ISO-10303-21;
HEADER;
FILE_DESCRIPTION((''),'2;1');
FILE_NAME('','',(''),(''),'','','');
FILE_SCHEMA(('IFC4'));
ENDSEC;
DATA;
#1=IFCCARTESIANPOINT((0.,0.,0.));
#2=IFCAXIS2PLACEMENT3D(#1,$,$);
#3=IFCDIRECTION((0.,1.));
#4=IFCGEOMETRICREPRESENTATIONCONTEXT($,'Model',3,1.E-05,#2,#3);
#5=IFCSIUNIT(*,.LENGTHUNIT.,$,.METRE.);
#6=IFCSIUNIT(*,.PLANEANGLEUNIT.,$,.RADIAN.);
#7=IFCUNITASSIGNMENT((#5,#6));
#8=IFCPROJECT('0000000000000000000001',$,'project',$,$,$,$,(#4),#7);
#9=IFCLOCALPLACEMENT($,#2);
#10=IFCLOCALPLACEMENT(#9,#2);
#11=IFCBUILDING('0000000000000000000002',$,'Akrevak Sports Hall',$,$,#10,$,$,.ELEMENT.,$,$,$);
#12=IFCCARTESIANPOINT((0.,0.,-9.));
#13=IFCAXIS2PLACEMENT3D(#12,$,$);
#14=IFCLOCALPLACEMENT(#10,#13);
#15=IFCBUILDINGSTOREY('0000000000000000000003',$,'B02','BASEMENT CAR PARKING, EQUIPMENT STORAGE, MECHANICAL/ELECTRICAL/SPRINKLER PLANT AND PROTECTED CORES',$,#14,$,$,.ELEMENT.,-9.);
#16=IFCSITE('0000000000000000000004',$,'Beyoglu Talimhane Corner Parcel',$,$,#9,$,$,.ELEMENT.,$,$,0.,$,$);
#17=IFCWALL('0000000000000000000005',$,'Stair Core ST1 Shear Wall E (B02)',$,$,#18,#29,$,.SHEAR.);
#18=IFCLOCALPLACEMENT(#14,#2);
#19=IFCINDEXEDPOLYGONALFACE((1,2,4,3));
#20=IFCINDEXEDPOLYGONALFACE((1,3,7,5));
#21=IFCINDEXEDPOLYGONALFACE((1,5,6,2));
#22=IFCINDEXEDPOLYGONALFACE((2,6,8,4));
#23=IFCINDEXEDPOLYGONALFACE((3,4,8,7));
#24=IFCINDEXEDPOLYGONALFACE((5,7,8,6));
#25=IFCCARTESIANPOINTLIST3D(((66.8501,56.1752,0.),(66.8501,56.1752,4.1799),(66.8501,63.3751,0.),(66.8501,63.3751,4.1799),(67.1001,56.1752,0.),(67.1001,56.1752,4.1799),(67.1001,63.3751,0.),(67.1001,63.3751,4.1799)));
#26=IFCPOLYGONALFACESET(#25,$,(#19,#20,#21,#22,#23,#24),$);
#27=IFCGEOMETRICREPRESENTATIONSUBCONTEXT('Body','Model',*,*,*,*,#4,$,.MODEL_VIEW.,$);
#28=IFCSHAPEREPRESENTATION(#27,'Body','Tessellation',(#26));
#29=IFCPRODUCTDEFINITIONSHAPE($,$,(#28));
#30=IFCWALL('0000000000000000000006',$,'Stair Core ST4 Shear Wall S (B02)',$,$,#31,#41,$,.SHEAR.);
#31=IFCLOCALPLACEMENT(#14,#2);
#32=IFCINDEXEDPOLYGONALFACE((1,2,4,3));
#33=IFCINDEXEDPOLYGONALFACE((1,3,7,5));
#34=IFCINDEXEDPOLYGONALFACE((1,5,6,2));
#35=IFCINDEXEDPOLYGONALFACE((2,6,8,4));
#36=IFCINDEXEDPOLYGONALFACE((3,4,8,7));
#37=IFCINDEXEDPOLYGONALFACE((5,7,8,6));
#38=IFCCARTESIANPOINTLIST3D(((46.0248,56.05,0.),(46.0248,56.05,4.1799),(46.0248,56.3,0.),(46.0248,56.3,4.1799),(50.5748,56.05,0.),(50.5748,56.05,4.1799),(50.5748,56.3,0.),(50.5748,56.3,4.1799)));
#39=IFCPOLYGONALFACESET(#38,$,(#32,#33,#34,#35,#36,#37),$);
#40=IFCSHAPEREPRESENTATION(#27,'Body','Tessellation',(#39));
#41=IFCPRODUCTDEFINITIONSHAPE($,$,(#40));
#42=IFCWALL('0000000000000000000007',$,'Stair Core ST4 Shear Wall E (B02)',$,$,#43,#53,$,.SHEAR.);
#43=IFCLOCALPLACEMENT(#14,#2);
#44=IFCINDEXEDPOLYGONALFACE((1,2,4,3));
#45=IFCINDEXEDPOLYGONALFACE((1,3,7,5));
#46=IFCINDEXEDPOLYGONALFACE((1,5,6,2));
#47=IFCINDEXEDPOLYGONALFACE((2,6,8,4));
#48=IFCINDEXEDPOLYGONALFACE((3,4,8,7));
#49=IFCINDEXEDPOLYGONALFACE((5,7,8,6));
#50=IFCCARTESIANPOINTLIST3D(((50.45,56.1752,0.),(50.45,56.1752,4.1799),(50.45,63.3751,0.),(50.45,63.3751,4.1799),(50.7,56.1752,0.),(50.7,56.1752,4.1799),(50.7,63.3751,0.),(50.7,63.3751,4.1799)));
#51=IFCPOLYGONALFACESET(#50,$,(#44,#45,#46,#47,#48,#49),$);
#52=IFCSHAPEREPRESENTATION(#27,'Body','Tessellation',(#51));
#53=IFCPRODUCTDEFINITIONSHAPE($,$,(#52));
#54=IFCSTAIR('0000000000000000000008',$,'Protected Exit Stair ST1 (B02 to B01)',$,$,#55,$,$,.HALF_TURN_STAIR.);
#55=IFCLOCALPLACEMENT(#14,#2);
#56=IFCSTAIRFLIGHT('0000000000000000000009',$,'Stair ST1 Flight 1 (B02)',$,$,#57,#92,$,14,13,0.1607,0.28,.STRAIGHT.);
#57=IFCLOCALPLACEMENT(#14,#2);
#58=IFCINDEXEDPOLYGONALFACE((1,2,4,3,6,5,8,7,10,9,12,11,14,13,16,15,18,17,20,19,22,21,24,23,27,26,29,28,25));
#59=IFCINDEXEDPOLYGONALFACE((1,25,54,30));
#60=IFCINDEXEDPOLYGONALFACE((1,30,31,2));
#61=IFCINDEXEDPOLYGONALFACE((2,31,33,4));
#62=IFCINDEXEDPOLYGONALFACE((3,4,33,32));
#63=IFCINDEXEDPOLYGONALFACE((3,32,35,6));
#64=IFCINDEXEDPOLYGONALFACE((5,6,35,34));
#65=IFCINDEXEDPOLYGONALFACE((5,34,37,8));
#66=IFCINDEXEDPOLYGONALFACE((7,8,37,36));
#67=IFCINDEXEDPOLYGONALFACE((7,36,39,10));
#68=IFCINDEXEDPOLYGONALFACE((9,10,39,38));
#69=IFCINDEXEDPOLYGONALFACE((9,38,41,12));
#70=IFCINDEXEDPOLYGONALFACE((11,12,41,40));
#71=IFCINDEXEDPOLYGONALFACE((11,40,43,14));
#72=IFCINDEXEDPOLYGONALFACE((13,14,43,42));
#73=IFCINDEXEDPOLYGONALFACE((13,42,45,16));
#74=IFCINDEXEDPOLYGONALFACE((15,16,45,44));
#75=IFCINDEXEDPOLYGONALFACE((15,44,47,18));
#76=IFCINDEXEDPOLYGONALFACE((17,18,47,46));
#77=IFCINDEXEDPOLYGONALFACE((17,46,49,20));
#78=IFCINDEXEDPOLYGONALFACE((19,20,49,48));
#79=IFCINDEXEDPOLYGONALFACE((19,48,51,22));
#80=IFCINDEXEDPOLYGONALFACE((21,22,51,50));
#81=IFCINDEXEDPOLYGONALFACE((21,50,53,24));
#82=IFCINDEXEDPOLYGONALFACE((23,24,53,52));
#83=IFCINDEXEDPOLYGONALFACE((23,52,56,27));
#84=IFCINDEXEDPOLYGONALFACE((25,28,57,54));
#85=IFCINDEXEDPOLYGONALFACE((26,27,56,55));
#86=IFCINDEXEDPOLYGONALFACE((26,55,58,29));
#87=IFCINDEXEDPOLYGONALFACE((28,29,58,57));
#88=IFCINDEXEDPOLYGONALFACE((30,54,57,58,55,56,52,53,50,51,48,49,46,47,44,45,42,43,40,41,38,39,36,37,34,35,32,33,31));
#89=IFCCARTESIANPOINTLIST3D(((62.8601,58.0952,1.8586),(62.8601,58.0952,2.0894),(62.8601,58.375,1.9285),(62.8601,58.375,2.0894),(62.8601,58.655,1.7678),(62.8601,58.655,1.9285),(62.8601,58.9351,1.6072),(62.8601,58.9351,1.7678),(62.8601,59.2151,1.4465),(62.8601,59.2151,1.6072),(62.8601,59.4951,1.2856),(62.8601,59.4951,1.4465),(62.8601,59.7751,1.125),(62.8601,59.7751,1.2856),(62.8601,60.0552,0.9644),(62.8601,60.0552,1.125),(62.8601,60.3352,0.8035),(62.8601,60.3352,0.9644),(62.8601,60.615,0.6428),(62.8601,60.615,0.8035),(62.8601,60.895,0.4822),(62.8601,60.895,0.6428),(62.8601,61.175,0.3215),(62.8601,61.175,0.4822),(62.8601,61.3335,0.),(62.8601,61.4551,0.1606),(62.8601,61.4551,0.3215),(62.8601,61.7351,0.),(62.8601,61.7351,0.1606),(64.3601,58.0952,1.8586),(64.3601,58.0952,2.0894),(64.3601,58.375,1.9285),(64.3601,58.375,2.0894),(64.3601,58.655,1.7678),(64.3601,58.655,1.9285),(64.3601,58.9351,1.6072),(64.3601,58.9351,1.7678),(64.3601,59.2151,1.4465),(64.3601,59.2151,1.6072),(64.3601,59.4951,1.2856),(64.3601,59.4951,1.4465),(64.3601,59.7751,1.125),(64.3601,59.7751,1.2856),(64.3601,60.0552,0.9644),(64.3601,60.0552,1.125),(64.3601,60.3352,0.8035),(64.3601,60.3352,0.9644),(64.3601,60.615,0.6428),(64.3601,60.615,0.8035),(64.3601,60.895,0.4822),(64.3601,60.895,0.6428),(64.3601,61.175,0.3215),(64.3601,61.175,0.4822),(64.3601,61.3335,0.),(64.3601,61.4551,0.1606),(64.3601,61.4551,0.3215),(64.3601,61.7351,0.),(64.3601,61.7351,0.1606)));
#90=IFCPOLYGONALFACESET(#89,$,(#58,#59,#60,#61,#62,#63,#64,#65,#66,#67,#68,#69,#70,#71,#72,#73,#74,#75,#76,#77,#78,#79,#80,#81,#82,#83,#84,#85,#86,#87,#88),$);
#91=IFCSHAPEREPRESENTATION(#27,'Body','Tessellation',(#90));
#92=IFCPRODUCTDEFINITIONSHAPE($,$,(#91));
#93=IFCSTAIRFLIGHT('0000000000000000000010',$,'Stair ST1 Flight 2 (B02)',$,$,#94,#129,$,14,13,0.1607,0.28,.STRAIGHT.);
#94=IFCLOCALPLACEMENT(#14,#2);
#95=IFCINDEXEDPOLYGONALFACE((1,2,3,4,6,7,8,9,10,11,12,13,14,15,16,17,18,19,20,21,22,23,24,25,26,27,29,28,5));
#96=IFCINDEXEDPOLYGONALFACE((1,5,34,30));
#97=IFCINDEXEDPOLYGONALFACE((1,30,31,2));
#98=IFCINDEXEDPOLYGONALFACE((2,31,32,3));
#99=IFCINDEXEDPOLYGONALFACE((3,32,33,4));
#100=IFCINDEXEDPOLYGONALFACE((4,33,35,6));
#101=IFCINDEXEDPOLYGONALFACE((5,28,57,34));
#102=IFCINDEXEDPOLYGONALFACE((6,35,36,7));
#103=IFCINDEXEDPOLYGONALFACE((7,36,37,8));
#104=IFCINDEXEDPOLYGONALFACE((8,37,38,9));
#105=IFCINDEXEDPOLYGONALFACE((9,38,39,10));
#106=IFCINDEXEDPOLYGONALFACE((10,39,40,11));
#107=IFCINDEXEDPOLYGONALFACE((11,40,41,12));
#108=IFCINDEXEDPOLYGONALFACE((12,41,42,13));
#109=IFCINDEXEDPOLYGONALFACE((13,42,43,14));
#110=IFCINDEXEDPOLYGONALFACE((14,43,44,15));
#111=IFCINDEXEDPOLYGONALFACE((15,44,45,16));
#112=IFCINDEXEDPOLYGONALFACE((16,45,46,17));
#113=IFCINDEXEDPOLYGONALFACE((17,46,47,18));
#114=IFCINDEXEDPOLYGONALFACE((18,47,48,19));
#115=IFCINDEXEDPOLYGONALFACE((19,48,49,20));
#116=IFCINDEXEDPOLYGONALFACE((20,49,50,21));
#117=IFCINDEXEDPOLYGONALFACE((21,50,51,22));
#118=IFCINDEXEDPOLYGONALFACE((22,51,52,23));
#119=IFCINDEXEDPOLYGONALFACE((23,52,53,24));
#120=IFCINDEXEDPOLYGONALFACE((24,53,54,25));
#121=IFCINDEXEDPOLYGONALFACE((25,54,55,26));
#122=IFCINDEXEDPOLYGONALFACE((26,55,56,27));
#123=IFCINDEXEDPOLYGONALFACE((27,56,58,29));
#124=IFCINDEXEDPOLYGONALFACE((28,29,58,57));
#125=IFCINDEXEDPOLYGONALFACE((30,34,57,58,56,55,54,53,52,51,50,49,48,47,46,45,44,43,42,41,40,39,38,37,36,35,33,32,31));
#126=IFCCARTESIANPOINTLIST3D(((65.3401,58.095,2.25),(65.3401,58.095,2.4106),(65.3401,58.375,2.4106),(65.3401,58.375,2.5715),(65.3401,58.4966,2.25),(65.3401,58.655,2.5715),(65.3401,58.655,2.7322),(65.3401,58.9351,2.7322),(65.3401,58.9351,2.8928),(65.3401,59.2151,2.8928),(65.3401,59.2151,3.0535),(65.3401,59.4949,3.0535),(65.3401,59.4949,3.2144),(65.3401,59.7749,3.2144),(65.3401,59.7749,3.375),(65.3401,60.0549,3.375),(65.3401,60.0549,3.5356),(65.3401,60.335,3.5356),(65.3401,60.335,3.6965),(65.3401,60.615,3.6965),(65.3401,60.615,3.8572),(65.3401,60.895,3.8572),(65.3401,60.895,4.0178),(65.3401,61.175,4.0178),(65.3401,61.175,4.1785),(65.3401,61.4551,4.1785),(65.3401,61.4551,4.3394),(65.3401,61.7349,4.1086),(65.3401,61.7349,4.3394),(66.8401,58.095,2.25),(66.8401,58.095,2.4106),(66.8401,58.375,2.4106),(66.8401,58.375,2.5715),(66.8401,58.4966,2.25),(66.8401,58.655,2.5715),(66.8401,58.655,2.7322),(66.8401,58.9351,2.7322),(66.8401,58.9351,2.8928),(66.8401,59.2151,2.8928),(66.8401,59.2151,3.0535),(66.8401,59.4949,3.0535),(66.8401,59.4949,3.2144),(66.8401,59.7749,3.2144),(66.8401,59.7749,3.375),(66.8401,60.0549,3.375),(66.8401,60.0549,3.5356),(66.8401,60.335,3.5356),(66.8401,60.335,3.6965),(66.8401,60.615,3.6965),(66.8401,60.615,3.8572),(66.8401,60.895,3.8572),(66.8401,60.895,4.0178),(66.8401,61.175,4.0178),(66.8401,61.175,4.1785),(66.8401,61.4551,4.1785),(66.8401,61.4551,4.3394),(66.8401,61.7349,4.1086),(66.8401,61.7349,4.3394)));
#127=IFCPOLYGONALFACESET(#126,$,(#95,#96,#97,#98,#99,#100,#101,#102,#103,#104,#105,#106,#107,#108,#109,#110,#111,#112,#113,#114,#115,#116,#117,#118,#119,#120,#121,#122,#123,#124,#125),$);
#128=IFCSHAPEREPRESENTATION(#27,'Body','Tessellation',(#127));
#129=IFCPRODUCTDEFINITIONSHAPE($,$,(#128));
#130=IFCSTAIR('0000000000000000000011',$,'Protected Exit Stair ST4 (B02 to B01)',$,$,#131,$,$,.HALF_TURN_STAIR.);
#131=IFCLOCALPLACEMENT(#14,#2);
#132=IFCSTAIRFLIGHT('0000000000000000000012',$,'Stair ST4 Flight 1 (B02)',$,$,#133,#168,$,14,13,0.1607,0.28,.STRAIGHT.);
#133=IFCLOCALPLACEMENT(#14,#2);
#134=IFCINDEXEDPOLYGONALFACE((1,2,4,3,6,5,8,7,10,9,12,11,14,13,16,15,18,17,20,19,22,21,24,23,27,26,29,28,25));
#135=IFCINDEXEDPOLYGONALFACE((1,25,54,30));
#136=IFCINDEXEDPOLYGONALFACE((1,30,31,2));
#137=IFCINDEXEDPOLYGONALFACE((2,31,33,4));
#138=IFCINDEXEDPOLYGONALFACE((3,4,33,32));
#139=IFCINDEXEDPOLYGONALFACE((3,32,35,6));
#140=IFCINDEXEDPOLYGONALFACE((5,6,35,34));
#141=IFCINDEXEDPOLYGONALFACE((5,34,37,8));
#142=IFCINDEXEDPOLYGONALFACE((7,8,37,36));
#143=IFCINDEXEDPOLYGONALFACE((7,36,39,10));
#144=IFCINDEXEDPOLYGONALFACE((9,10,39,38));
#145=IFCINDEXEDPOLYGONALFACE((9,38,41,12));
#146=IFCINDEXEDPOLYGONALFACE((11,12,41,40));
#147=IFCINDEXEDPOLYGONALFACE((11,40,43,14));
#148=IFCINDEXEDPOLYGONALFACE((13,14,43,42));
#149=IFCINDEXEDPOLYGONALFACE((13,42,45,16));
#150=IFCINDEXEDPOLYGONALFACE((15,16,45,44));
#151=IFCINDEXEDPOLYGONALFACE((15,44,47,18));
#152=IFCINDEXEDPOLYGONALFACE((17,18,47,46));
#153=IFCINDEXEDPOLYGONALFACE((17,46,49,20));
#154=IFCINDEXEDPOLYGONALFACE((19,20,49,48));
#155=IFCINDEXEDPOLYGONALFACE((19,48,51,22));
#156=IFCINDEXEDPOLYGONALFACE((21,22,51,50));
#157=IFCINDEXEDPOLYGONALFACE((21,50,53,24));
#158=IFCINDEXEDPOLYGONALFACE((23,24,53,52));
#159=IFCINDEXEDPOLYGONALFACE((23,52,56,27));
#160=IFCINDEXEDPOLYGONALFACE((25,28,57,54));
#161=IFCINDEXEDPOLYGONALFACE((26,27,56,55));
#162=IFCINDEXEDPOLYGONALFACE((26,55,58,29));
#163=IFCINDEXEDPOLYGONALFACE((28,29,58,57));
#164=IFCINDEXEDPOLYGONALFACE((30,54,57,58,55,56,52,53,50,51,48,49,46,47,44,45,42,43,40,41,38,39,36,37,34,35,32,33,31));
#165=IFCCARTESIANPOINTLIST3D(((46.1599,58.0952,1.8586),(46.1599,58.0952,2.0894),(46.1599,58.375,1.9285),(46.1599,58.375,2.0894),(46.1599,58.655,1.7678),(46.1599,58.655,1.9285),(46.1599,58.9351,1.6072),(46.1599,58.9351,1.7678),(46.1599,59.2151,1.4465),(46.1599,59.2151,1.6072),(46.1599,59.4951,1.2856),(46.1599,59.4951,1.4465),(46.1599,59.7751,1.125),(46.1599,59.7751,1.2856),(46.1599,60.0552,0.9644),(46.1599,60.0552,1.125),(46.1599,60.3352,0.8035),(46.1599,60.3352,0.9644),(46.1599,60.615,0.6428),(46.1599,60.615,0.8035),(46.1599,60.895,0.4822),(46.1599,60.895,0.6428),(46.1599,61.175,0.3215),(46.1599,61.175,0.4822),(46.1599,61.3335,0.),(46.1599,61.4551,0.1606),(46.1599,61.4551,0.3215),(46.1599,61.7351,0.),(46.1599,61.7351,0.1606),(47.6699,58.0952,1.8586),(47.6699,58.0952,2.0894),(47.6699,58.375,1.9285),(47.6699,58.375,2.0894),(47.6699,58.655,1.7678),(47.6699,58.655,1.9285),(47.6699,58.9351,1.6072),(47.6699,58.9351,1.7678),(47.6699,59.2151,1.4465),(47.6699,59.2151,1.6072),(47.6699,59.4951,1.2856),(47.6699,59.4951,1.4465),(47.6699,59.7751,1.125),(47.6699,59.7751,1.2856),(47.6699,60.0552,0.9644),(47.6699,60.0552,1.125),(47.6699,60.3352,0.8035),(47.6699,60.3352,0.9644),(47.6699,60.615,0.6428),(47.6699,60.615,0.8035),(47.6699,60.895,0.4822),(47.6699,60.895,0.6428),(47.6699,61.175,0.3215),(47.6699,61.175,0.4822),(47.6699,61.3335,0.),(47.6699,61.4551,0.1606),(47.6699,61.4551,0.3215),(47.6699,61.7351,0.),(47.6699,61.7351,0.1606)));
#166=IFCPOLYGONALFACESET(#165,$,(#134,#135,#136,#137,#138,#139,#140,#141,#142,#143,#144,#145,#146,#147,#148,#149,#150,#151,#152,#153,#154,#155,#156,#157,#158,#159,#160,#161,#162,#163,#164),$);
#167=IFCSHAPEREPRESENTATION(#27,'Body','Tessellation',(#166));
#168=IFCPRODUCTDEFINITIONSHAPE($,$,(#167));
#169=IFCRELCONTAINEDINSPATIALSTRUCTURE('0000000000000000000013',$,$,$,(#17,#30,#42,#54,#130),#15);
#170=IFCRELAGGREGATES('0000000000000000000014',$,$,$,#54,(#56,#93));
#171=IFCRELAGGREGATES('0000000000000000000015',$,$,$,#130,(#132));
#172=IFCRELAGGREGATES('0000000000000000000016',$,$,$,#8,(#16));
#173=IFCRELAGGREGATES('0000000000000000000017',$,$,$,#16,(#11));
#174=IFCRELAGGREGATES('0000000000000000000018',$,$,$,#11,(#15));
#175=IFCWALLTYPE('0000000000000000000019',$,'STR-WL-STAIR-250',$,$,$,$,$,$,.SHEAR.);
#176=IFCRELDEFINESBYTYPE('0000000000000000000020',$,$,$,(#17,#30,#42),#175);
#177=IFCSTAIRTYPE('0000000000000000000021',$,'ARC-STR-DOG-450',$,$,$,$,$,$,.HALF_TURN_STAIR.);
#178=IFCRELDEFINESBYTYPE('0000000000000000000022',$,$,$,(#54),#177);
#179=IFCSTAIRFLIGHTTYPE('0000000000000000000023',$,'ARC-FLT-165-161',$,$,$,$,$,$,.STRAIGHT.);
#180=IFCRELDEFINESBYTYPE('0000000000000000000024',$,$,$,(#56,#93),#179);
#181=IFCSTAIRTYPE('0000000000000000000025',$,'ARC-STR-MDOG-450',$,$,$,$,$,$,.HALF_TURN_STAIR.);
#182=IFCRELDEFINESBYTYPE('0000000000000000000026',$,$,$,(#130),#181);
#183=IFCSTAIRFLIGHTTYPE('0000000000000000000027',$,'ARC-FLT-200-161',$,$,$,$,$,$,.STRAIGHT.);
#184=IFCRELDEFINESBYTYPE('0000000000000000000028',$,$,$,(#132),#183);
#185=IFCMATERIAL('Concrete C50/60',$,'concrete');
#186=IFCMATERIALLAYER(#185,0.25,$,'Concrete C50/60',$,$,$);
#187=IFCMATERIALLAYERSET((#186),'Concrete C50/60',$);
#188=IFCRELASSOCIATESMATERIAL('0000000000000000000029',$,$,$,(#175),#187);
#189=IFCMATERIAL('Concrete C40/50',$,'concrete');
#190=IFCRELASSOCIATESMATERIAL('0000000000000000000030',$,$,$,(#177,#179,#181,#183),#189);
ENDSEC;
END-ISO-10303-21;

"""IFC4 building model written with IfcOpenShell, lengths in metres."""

from ifc_helpers import new_model, si_unit, direction, frame, frame_2d, origin, place, context, subcontext, project, spatial, polyline, rectangle, outline, extrude, material, layer, layer_set, type_object, element, aggregate, save


model = new_model("IFC4")

# Units and contexts
model_context = context("Model", 3, precision=1e-05, world=origin(), true_north=direction((0.0, 1.0)))
body_context = subcontext(model_context, "Body", "Model", "MODEL_VIEW")
ifc_project = project(units=[si_unit("LENGTHUNIT", "METRE"), si_unit("PLANEANGLEUNIT", "RADIAN")], contexts=[model_context])

# Site, building, storey
site_placement = place(None, origin())
site = spatial("IfcSite", under=ifc_project, at=site_placement, Name="Beyoglu Talimhane Corner Parcel", CompositionType="ELEMENT", RefElevation=0.0)
building_placement = place(site_placement, origin())
building = spatial("IfcBuilding", under=site, at=building_placement, Name="Akrevak Sports Hall", CompositionType="ELEMENT")
storey_placement = place(building_placement, frame((0.0, 0.0, -9.0)))
storey = spatial("IfcBuildingStorey", under=building, at=storey_placement, Name="B02", Description="BASEMENT CAR PARKING, EQUIPMENT STORAGE, MECHANICAL/ELECTRICAL/SPRINKLER PLANT AND PROTECTED CORES", CompositionType="ELEMENT", Elevation=-9.0)

# Shared definitions
ifc_material_1 = material(Name="Concrete C40/50", Category="concrete")

# Shared definitions
ifc_material_2 = material(Name="Concrete C50/60", Category="concrete")

# Walls
ifc_layer_1 = layer(ifc_material_2, 0.25, Name="Concrete C50/60")
ifc_layer_set_1 = layer_set([ifc_layer_1], Name="Concrete C50/60")
wall_type_1 = type_object("IfcWallType", Name="STR-WL-STAIR-250", PredefinedType="SHEAR", material=ifc_layer_set_1)
wall_1_placement = place(storey_placement, frame((66.9751, 56.175, 0.0), z_axis=(0.0, 0.0, 1.0), x_axis=(0.0, 1.0, 0.0)))
element("IfcWall", 1, at=wall_1_placement, inside=storey, type_object=wall_type_1, Name="Stair Core ST1 Shear Wall E (B02)", PredefinedType="SHEAR", context=body_context, shape_type="SweptSolid", body=[
    extrude(rectangle(XDim=7.2, YDim=0.25, at=frame_2d((3.6001, 0.0))), origin(), (0.0, 0.0, 1.0), 4.1799),
])
wall_2_placement = place(storey_placement, frame((46.0249, 56.175, 0.0), z_axis=(0.0, 0.0, 1.0), x_axis=(1.0, 0.0, 0.0)))
element("IfcWall", 2, at=wall_2_placement, inside=storey, type_object=wall_type_1, Name="Stair Core ST4 Shear Wall S (B02)", PredefinedType="SHEAR", context=body_context, shape_type="SweptSolid", body=[
    extrude(rectangle(XDim=4.55, YDim=0.25, at=frame_2d((2.2749, 0.0))), origin(), (0.0, 0.0, 1.0), 4.1799),
])
wall_3_placement = place(storey_placement, frame((50.575, 56.175, 0.0), z_axis=(0.0, 0.0, 1.0), x_axis=(0.0, 1.0, 0.0)))
element("IfcWall", 3, at=wall_3_placement, inside=storey, type_object=wall_type_1, Name="Stair Core ST4 Shear Wall E (B02)", PredefinedType="SHEAR", context=body_context, shape_type="SweptSolid", body=[
    extrude(rectangle(XDim=7.2, YDim=0.25, at=frame_2d((3.6001, 0.0))), origin(), (0.0, 0.0, 1.0), 4.1799),
])

# Stairs, stair flights
stair_type_1 = type_object("IfcStairType", Name="ARC-STR-DOG-450", PredefinedType="HALF_TURN_STAIR", material=ifc_material_1)
stair_1_placement = place(storey_placement, origin())
stair_1 = element("IfcStair", 4, at=stair_1_placement, inside=storey, type_object=stair_type_1, Name="Protected Exit Stair ST1 (B02 to B01)", PredefinedType="HALF_TURN_STAIR")
stair_flight_type_1 = type_object("IfcStairFlightType", Name="ARC-FLT-165-161", PredefinedType="STRAIGHT", material=ifc_material_1)
stair_flight_1_placement = place(storey_placement, frame((63.6101, 61.7351, 0.0), z_axis=(0.0, 0.0, 1.0), x_axis=(0.0, -1.0, 0.0)))
stair_flight_1 = element("IfcStairFlight", 5, at=stair_flight_1_placement, type_object=stair_flight_type_1, Name="Stair ST1 Flight 1 (B02)", NumberOfRisers=14, NumberOfTreads=13, PredefinedType="STRAIGHT", RiserHeight=0.1607, TreadLength=0.28, context=body_context, shape_type="SweptSolid", body=[
    extrude(outline(polyline([(0.0, 0.0), (0.0, 0.1606), (0.28, 0.1606), (0.28, 0.3215), (0.5601, 0.3215), (0.5601, 0.4822), (0.8401, 0.4822), (0.8401, 0.6428), (1.1201, 0.6428), (1.1201, 0.8035), (1.3999, 0.8035), (1.3999, 0.9644), (1.6799, 0.9644), (1.6799, 1.125), (1.96, 1.125), (1.96, 1.2856), (2.24, 1.2856), (2.24, 1.4465), (2.52, 1.4465), (2.52, 1.6072), (2.8, 1.6072), (2.8, 1.7678), (3.0801, 1.7678), (3.0801, 1.9285), (3.3601, 1.9285), (3.3601, 2.0894), (3.6399, 2.0894), (3.6399, 2.25), (3.6399, 1.8586), (0.4016, 0.0), (0.0, 0.0)])), frame((0.0, 0.75, 0.0), z_axis=(0.0, -1.0, 0.0), x_axis=(1.0, 0.0, 0.0)), (0.0, 0.0, 1.0), 1.5),
])
stair_flight_2_placement = place(storey_placement, frame((66.0901, 58.095, 2.25), z_axis=(0.0, 0.0, 1.0), x_axis=(0.0, 1.0, 0.0)))
stair_flight_2 = element("IfcStairFlight", 6, at=stair_flight_2_placement, type_object=stair_flight_type_1, Name="Stair ST1 Flight 2 (B02)", NumberOfRisers=14, NumberOfTreads=13, PredefinedType="STRAIGHT", RiserHeight=0.1607, TreadLength=0.28, context=body_context, shape_type="SweptSolid", body=[
    extrude(outline(polyline([(0.0, 0.0), (0.0, 0.1606), (0.28, 0.1606), (0.28, 0.3215), (0.5601, 0.3215), (0.5601, 0.4822), (0.8401, 0.4822), (0.8401, 0.6428), (1.1201, 0.6428), (1.1201, 0.8035), (1.3999, 0.8035), (1.3999, 0.9644), (1.6799, 0.9644), (1.6799, 1.125), (1.96, 1.125), (1.96, 1.2856), (2.24, 1.2856), (2.24, 1.4465), (2.52, 1.4465), (2.52, 1.6072), (2.8, 1.6072), (2.8, 1.7678), (3.0801, 1.7678), (3.0801, 1.9285), (3.3601, 1.9285), (3.3601, 2.0894), (3.6399, 2.0894), (3.6399, 2.25), (3.6399, 1.8586), (0.4016, 0.0), (0.0, 0.0)])), frame((0.0, 0.75, 0.0), z_axis=(0.0, -1.0, 0.0), x_axis=(1.0, 0.0, 0.0)), (0.0, 0.0, 1.0), 1.5),
])
aggregate(stair_1, [stair_flight_1, stair_flight_2])
stair_type_2 = type_object("IfcStairType", Name="ARC-STR-MDOG-450", PredefinedType="HALF_TURN_STAIR", material=ifc_material_1)
stair_2_placement = place(storey_placement, origin())
stair_2 = element("IfcStair", 7, at=stair_2_placement, inside=storey, type_object=stair_type_2, Name="Protected Exit Stair ST4 (B02 to B01)", PredefinedType="HALF_TURN_STAIR")
stair_flight_type_2 = type_object("IfcStairFlightType", Name="ARC-FLT-200-161", PredefinedType="STRAIGHT", material=ifc_material_1)
stair_flight_3_placement = place(storey_placement, frame((46.915, 61.7351, 0.0), z_axis=(0.0, 0.0, 1.0), x_axis=(0.0, -1.0, 0.0)))
stair_flight_3 = element("IfcStairFlight", 8, at=stair_flight_3_placement, type_object=stair_flight_type_2, Name="Stair ST4 Flight 1 (B02)", NumberOfRisers=14, NumberOfTreads=13, PredefinedType="STRAIGHT", RiserHeight=0.1607, TreadLength=0.28, context=body_context, shape_type="SweptSolid", body=[
    extrude(outline(polyline([(0.0, 0.0), (0.0, 0.1606), (0.28, 0.1606), (0.28, 0.3215), (0.5601, 0.3215), (0.5601, 0.4822), (0.8401, 0.4822), (0.8401, 0.6428), (1.1201, 0.6428), (1.1201, 0.8035), (1.3999, 0.8035), (1.3999, 0.9644), (1.6799, 0.9644), (1.6799, 1.125), (1.96, 1.125), (1.96, 1.2856), (2.24, 1.2856), (2.24, 1.4465), (2.52, 1.4465), (2.52, 1.6072), (2.8, 1.6072), (2.8, 1.7678), (3.0801, 1.7678), (3.0801, 1.9285), (3.3601, 1.9285), (3.3601, 2.0894), (3.6399, 2.0894), (3.6399, 2.25), (3.6399, 1.8586), (0.4016, 0.0), (0.0, 0.0)])), frame((0.0, 0.7549, 0.0), z_axis=(0.0, -1.0, 0.0), x_axis=(1.0, 0.0, 0.0)), (0.0, 0.0, 1.0), 1.51),
])
aggregate(stair_2, [stair_flight_3])

save(model, "model.ifc")
